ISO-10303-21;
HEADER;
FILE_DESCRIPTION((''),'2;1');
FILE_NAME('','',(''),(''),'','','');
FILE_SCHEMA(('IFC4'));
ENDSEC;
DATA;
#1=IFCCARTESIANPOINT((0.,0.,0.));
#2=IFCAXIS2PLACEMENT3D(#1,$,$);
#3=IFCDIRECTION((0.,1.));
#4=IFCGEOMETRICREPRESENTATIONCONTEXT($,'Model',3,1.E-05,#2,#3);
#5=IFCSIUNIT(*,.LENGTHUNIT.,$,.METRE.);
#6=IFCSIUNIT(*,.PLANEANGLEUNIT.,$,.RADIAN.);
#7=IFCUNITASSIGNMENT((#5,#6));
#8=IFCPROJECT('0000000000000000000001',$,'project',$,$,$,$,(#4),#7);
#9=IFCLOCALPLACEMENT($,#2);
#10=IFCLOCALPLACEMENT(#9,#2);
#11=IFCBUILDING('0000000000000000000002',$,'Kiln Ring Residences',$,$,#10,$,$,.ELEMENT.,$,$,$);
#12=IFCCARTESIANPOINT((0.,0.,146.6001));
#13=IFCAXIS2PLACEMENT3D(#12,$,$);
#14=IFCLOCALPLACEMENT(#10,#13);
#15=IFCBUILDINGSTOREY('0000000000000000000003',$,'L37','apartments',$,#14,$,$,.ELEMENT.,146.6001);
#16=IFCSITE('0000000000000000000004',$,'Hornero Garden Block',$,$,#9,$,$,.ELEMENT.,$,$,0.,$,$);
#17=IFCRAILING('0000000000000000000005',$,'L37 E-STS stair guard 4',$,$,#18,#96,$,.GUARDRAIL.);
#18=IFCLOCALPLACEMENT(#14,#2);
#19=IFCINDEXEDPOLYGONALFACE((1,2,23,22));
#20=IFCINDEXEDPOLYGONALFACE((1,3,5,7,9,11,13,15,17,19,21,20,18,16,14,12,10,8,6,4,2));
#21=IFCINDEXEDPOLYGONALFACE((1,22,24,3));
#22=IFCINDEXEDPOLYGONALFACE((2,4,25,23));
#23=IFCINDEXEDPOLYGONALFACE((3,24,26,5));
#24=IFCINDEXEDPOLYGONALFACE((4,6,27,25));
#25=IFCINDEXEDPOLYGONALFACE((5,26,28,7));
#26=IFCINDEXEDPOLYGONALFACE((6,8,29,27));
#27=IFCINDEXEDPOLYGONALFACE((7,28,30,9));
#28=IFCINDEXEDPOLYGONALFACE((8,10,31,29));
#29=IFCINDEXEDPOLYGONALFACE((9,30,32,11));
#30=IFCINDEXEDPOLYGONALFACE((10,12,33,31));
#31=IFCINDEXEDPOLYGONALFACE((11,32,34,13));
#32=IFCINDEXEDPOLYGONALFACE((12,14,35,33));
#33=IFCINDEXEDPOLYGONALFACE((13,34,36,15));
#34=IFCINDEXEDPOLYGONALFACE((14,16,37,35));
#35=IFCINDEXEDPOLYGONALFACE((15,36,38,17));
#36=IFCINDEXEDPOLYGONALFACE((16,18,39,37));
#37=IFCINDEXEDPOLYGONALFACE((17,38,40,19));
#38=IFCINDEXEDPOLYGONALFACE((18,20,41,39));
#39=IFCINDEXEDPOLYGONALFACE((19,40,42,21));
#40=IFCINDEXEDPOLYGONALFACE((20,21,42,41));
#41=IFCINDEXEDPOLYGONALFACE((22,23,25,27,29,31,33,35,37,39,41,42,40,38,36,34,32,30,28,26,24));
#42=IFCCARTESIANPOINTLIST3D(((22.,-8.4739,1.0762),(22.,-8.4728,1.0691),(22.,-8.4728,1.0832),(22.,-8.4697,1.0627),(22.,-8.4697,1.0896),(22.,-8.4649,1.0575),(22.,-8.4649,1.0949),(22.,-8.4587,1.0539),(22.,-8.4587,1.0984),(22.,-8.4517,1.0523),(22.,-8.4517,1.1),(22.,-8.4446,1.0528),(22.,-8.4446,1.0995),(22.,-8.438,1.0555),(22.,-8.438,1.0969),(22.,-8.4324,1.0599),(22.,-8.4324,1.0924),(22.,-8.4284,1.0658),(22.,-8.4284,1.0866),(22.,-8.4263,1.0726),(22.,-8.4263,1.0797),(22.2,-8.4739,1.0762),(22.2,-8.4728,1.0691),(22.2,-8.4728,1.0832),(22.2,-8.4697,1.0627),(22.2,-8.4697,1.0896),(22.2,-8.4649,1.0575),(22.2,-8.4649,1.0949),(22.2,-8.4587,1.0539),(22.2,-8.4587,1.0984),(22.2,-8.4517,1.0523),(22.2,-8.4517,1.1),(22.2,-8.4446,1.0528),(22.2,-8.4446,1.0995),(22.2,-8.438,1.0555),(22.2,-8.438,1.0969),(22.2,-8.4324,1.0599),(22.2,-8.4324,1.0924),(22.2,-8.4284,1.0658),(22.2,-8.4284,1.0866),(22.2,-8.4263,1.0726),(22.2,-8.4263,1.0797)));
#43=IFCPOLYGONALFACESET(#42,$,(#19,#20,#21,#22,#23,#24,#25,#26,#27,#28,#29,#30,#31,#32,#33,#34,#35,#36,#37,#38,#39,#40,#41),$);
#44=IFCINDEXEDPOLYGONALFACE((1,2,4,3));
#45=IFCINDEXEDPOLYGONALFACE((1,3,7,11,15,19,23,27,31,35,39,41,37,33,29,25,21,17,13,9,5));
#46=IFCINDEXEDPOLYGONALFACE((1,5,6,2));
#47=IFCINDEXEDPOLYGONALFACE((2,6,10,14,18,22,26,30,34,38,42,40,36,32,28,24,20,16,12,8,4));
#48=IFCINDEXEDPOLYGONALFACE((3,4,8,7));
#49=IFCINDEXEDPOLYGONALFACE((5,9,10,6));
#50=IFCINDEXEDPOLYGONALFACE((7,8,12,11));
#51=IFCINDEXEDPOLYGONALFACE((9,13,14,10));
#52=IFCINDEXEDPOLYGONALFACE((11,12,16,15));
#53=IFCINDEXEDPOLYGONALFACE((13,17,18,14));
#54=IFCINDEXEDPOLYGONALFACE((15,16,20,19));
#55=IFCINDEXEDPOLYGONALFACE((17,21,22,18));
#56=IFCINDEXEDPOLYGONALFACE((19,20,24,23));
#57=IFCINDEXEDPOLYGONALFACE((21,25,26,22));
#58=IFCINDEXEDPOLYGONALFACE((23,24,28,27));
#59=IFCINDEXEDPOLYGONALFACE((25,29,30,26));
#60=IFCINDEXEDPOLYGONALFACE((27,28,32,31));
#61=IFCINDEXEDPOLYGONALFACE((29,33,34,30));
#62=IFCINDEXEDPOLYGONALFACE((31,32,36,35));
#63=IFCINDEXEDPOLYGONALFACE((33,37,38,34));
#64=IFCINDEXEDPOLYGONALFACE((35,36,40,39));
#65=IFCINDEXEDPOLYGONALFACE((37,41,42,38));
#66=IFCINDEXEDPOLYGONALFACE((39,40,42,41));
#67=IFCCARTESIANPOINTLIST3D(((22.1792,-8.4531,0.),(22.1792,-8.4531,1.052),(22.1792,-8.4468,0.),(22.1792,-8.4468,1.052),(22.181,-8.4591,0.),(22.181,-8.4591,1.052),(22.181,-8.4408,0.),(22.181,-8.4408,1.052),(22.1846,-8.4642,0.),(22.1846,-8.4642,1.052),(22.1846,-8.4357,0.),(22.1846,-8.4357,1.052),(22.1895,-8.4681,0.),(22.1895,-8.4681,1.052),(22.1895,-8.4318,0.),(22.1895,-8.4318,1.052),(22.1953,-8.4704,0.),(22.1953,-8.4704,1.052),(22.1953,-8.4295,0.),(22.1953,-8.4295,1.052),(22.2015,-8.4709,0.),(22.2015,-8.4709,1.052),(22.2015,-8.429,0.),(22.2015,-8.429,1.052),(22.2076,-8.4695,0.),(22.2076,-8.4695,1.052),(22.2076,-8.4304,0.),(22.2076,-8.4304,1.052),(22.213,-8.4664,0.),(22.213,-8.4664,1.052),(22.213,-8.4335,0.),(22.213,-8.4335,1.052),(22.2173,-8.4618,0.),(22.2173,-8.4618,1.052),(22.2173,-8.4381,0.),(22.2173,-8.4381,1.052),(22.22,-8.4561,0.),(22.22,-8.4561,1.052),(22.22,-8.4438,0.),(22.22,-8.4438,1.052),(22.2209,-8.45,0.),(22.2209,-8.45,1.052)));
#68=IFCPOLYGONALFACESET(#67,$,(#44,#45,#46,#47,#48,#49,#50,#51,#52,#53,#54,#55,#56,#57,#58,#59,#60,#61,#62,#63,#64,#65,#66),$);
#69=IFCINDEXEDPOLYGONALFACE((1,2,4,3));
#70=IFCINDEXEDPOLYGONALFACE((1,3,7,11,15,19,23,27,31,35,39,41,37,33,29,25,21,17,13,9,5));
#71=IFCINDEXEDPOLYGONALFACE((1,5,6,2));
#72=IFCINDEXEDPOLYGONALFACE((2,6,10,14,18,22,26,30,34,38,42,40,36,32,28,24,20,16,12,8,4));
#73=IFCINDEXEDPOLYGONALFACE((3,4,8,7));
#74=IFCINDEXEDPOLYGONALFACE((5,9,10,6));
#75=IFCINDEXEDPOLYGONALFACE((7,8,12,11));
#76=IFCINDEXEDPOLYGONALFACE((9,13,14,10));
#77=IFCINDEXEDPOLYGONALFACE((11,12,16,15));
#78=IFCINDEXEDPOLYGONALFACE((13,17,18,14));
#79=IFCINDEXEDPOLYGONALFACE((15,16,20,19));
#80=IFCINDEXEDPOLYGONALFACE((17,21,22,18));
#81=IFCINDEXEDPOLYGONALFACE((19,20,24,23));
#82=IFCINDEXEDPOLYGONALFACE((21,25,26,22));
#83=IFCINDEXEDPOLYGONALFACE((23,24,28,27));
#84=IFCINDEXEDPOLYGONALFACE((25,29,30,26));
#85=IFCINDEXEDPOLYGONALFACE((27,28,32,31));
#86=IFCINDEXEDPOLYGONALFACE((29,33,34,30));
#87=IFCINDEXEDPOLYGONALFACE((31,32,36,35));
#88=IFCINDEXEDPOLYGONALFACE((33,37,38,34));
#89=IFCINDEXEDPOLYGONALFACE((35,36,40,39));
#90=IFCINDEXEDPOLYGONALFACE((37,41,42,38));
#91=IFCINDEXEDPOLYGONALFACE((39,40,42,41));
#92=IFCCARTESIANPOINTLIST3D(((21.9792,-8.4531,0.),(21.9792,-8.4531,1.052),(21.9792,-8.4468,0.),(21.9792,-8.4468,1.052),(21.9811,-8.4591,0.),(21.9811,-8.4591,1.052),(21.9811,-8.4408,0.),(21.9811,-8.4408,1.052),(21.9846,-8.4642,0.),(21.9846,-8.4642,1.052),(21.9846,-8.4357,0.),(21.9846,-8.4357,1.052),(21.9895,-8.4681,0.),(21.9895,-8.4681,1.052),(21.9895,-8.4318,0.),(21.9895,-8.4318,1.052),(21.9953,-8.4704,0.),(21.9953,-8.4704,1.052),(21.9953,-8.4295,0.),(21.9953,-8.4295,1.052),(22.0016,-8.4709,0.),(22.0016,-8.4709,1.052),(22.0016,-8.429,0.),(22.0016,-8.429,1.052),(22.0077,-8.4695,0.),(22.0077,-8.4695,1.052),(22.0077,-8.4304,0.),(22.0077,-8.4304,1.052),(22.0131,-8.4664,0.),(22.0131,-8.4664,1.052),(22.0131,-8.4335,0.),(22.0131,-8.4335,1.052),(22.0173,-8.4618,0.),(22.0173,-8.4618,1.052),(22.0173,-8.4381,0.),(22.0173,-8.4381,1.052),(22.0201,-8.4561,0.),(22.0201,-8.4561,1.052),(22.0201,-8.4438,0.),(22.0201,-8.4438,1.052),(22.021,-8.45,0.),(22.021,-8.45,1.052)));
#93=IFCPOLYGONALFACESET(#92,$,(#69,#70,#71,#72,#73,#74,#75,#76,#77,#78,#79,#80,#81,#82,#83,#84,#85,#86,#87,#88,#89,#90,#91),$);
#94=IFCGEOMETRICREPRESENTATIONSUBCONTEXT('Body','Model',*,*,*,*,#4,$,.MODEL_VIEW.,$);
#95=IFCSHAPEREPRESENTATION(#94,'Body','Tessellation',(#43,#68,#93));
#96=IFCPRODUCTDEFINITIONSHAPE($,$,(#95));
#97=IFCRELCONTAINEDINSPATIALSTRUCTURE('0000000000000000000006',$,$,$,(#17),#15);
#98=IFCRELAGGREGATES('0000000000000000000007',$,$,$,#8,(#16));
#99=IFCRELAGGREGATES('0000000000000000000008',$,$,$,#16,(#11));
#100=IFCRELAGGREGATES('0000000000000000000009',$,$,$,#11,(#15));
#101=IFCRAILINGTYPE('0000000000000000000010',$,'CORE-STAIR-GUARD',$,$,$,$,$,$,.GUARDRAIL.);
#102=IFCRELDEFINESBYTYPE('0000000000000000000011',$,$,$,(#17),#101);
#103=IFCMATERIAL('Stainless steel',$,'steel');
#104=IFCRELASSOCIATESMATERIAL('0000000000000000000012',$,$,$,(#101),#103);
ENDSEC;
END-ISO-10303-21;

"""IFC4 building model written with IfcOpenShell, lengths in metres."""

from ifc_helpers import new_model, si_unit, direction, frame, origin, origin_2d, place, context, subcontext, project, spatial, circle, extrude, material, type_object, element, save


model = new_model("IFC4")

# Units and contexts
model_context = context("Model", 3, precision=1e-05, world=origin(), true_north=direction((0.0, 1.0)))
body_context = subcontext(model_context, "Body", "Model", "MODEL_VIEW")
ifc_project = project(units=[si_unit("LENGTHUNIT", "METRE"), si_unit("PLANEANGLEUNIT", "RADIAN")], contexts=[model_context])

# Site, building, storey
site_placement = place(None, origin())
site = spatial("IfcSite", under=ifc_project, at=site_placement, Name="Hornero Garden Block", CompositionType="ELEMENT", RefElevation=0.0)
building_placement = place(site_placement, origin())
building = spatial("IfcBuilding", under=site, at=building_placement, Name="Kiln Ring Residences", CompositionType="ELEMENT")
storey_placement = place(building_placement, frame((0.0, 0.0, 146.6001)))
storey = spatial("IfcBuildingStorey", under=building, at=storey_placement, Name="L37", Description="apartments", CompositionType="ELEMENT", Elevation=146.6001)

# Railing
ifc_material_1 = material(Name="Stainless steel", Category="steel")
railing_type_1 = type_object("IfcRailingType", Name="CORE-STAIR-GUARD", PredefinedType="GUARDRAIL", material=ifc_material_1)
railing_1_placement = place(storey_placement, frame((22.2, -8.45, 0.0)))
element("IfcRailing", 1, at=railing_1_placement, inside=storey, type_object=railing_type_1, Name="L37 E-STS stair guard 4", PredefinedType="GUARDRAIL", context=body_context, shape_type="SweptSolid", body=[
    extrude(circle(Radius=0.0239, at=origin_2d()), frame((0.0, 0.0, 1.0762), z_axis=(-1.0, 0.0, 0.0), x_axis=(0.0, -1.0, 0.0)), (0.0, 0.0, 1.0), 0.2),
    extrude(circle(Radius=0.021, at=origin_2d()), origin(), (0.0, 0.0, 1.0), 1.052),
    extrude(circle(Radius=0.021, at=origin_2d()), frame((-0.2, 0.0, 0.0)), (0.0, 0.0, 1.0), 1.052),
])

save(model, "model.ifc")
